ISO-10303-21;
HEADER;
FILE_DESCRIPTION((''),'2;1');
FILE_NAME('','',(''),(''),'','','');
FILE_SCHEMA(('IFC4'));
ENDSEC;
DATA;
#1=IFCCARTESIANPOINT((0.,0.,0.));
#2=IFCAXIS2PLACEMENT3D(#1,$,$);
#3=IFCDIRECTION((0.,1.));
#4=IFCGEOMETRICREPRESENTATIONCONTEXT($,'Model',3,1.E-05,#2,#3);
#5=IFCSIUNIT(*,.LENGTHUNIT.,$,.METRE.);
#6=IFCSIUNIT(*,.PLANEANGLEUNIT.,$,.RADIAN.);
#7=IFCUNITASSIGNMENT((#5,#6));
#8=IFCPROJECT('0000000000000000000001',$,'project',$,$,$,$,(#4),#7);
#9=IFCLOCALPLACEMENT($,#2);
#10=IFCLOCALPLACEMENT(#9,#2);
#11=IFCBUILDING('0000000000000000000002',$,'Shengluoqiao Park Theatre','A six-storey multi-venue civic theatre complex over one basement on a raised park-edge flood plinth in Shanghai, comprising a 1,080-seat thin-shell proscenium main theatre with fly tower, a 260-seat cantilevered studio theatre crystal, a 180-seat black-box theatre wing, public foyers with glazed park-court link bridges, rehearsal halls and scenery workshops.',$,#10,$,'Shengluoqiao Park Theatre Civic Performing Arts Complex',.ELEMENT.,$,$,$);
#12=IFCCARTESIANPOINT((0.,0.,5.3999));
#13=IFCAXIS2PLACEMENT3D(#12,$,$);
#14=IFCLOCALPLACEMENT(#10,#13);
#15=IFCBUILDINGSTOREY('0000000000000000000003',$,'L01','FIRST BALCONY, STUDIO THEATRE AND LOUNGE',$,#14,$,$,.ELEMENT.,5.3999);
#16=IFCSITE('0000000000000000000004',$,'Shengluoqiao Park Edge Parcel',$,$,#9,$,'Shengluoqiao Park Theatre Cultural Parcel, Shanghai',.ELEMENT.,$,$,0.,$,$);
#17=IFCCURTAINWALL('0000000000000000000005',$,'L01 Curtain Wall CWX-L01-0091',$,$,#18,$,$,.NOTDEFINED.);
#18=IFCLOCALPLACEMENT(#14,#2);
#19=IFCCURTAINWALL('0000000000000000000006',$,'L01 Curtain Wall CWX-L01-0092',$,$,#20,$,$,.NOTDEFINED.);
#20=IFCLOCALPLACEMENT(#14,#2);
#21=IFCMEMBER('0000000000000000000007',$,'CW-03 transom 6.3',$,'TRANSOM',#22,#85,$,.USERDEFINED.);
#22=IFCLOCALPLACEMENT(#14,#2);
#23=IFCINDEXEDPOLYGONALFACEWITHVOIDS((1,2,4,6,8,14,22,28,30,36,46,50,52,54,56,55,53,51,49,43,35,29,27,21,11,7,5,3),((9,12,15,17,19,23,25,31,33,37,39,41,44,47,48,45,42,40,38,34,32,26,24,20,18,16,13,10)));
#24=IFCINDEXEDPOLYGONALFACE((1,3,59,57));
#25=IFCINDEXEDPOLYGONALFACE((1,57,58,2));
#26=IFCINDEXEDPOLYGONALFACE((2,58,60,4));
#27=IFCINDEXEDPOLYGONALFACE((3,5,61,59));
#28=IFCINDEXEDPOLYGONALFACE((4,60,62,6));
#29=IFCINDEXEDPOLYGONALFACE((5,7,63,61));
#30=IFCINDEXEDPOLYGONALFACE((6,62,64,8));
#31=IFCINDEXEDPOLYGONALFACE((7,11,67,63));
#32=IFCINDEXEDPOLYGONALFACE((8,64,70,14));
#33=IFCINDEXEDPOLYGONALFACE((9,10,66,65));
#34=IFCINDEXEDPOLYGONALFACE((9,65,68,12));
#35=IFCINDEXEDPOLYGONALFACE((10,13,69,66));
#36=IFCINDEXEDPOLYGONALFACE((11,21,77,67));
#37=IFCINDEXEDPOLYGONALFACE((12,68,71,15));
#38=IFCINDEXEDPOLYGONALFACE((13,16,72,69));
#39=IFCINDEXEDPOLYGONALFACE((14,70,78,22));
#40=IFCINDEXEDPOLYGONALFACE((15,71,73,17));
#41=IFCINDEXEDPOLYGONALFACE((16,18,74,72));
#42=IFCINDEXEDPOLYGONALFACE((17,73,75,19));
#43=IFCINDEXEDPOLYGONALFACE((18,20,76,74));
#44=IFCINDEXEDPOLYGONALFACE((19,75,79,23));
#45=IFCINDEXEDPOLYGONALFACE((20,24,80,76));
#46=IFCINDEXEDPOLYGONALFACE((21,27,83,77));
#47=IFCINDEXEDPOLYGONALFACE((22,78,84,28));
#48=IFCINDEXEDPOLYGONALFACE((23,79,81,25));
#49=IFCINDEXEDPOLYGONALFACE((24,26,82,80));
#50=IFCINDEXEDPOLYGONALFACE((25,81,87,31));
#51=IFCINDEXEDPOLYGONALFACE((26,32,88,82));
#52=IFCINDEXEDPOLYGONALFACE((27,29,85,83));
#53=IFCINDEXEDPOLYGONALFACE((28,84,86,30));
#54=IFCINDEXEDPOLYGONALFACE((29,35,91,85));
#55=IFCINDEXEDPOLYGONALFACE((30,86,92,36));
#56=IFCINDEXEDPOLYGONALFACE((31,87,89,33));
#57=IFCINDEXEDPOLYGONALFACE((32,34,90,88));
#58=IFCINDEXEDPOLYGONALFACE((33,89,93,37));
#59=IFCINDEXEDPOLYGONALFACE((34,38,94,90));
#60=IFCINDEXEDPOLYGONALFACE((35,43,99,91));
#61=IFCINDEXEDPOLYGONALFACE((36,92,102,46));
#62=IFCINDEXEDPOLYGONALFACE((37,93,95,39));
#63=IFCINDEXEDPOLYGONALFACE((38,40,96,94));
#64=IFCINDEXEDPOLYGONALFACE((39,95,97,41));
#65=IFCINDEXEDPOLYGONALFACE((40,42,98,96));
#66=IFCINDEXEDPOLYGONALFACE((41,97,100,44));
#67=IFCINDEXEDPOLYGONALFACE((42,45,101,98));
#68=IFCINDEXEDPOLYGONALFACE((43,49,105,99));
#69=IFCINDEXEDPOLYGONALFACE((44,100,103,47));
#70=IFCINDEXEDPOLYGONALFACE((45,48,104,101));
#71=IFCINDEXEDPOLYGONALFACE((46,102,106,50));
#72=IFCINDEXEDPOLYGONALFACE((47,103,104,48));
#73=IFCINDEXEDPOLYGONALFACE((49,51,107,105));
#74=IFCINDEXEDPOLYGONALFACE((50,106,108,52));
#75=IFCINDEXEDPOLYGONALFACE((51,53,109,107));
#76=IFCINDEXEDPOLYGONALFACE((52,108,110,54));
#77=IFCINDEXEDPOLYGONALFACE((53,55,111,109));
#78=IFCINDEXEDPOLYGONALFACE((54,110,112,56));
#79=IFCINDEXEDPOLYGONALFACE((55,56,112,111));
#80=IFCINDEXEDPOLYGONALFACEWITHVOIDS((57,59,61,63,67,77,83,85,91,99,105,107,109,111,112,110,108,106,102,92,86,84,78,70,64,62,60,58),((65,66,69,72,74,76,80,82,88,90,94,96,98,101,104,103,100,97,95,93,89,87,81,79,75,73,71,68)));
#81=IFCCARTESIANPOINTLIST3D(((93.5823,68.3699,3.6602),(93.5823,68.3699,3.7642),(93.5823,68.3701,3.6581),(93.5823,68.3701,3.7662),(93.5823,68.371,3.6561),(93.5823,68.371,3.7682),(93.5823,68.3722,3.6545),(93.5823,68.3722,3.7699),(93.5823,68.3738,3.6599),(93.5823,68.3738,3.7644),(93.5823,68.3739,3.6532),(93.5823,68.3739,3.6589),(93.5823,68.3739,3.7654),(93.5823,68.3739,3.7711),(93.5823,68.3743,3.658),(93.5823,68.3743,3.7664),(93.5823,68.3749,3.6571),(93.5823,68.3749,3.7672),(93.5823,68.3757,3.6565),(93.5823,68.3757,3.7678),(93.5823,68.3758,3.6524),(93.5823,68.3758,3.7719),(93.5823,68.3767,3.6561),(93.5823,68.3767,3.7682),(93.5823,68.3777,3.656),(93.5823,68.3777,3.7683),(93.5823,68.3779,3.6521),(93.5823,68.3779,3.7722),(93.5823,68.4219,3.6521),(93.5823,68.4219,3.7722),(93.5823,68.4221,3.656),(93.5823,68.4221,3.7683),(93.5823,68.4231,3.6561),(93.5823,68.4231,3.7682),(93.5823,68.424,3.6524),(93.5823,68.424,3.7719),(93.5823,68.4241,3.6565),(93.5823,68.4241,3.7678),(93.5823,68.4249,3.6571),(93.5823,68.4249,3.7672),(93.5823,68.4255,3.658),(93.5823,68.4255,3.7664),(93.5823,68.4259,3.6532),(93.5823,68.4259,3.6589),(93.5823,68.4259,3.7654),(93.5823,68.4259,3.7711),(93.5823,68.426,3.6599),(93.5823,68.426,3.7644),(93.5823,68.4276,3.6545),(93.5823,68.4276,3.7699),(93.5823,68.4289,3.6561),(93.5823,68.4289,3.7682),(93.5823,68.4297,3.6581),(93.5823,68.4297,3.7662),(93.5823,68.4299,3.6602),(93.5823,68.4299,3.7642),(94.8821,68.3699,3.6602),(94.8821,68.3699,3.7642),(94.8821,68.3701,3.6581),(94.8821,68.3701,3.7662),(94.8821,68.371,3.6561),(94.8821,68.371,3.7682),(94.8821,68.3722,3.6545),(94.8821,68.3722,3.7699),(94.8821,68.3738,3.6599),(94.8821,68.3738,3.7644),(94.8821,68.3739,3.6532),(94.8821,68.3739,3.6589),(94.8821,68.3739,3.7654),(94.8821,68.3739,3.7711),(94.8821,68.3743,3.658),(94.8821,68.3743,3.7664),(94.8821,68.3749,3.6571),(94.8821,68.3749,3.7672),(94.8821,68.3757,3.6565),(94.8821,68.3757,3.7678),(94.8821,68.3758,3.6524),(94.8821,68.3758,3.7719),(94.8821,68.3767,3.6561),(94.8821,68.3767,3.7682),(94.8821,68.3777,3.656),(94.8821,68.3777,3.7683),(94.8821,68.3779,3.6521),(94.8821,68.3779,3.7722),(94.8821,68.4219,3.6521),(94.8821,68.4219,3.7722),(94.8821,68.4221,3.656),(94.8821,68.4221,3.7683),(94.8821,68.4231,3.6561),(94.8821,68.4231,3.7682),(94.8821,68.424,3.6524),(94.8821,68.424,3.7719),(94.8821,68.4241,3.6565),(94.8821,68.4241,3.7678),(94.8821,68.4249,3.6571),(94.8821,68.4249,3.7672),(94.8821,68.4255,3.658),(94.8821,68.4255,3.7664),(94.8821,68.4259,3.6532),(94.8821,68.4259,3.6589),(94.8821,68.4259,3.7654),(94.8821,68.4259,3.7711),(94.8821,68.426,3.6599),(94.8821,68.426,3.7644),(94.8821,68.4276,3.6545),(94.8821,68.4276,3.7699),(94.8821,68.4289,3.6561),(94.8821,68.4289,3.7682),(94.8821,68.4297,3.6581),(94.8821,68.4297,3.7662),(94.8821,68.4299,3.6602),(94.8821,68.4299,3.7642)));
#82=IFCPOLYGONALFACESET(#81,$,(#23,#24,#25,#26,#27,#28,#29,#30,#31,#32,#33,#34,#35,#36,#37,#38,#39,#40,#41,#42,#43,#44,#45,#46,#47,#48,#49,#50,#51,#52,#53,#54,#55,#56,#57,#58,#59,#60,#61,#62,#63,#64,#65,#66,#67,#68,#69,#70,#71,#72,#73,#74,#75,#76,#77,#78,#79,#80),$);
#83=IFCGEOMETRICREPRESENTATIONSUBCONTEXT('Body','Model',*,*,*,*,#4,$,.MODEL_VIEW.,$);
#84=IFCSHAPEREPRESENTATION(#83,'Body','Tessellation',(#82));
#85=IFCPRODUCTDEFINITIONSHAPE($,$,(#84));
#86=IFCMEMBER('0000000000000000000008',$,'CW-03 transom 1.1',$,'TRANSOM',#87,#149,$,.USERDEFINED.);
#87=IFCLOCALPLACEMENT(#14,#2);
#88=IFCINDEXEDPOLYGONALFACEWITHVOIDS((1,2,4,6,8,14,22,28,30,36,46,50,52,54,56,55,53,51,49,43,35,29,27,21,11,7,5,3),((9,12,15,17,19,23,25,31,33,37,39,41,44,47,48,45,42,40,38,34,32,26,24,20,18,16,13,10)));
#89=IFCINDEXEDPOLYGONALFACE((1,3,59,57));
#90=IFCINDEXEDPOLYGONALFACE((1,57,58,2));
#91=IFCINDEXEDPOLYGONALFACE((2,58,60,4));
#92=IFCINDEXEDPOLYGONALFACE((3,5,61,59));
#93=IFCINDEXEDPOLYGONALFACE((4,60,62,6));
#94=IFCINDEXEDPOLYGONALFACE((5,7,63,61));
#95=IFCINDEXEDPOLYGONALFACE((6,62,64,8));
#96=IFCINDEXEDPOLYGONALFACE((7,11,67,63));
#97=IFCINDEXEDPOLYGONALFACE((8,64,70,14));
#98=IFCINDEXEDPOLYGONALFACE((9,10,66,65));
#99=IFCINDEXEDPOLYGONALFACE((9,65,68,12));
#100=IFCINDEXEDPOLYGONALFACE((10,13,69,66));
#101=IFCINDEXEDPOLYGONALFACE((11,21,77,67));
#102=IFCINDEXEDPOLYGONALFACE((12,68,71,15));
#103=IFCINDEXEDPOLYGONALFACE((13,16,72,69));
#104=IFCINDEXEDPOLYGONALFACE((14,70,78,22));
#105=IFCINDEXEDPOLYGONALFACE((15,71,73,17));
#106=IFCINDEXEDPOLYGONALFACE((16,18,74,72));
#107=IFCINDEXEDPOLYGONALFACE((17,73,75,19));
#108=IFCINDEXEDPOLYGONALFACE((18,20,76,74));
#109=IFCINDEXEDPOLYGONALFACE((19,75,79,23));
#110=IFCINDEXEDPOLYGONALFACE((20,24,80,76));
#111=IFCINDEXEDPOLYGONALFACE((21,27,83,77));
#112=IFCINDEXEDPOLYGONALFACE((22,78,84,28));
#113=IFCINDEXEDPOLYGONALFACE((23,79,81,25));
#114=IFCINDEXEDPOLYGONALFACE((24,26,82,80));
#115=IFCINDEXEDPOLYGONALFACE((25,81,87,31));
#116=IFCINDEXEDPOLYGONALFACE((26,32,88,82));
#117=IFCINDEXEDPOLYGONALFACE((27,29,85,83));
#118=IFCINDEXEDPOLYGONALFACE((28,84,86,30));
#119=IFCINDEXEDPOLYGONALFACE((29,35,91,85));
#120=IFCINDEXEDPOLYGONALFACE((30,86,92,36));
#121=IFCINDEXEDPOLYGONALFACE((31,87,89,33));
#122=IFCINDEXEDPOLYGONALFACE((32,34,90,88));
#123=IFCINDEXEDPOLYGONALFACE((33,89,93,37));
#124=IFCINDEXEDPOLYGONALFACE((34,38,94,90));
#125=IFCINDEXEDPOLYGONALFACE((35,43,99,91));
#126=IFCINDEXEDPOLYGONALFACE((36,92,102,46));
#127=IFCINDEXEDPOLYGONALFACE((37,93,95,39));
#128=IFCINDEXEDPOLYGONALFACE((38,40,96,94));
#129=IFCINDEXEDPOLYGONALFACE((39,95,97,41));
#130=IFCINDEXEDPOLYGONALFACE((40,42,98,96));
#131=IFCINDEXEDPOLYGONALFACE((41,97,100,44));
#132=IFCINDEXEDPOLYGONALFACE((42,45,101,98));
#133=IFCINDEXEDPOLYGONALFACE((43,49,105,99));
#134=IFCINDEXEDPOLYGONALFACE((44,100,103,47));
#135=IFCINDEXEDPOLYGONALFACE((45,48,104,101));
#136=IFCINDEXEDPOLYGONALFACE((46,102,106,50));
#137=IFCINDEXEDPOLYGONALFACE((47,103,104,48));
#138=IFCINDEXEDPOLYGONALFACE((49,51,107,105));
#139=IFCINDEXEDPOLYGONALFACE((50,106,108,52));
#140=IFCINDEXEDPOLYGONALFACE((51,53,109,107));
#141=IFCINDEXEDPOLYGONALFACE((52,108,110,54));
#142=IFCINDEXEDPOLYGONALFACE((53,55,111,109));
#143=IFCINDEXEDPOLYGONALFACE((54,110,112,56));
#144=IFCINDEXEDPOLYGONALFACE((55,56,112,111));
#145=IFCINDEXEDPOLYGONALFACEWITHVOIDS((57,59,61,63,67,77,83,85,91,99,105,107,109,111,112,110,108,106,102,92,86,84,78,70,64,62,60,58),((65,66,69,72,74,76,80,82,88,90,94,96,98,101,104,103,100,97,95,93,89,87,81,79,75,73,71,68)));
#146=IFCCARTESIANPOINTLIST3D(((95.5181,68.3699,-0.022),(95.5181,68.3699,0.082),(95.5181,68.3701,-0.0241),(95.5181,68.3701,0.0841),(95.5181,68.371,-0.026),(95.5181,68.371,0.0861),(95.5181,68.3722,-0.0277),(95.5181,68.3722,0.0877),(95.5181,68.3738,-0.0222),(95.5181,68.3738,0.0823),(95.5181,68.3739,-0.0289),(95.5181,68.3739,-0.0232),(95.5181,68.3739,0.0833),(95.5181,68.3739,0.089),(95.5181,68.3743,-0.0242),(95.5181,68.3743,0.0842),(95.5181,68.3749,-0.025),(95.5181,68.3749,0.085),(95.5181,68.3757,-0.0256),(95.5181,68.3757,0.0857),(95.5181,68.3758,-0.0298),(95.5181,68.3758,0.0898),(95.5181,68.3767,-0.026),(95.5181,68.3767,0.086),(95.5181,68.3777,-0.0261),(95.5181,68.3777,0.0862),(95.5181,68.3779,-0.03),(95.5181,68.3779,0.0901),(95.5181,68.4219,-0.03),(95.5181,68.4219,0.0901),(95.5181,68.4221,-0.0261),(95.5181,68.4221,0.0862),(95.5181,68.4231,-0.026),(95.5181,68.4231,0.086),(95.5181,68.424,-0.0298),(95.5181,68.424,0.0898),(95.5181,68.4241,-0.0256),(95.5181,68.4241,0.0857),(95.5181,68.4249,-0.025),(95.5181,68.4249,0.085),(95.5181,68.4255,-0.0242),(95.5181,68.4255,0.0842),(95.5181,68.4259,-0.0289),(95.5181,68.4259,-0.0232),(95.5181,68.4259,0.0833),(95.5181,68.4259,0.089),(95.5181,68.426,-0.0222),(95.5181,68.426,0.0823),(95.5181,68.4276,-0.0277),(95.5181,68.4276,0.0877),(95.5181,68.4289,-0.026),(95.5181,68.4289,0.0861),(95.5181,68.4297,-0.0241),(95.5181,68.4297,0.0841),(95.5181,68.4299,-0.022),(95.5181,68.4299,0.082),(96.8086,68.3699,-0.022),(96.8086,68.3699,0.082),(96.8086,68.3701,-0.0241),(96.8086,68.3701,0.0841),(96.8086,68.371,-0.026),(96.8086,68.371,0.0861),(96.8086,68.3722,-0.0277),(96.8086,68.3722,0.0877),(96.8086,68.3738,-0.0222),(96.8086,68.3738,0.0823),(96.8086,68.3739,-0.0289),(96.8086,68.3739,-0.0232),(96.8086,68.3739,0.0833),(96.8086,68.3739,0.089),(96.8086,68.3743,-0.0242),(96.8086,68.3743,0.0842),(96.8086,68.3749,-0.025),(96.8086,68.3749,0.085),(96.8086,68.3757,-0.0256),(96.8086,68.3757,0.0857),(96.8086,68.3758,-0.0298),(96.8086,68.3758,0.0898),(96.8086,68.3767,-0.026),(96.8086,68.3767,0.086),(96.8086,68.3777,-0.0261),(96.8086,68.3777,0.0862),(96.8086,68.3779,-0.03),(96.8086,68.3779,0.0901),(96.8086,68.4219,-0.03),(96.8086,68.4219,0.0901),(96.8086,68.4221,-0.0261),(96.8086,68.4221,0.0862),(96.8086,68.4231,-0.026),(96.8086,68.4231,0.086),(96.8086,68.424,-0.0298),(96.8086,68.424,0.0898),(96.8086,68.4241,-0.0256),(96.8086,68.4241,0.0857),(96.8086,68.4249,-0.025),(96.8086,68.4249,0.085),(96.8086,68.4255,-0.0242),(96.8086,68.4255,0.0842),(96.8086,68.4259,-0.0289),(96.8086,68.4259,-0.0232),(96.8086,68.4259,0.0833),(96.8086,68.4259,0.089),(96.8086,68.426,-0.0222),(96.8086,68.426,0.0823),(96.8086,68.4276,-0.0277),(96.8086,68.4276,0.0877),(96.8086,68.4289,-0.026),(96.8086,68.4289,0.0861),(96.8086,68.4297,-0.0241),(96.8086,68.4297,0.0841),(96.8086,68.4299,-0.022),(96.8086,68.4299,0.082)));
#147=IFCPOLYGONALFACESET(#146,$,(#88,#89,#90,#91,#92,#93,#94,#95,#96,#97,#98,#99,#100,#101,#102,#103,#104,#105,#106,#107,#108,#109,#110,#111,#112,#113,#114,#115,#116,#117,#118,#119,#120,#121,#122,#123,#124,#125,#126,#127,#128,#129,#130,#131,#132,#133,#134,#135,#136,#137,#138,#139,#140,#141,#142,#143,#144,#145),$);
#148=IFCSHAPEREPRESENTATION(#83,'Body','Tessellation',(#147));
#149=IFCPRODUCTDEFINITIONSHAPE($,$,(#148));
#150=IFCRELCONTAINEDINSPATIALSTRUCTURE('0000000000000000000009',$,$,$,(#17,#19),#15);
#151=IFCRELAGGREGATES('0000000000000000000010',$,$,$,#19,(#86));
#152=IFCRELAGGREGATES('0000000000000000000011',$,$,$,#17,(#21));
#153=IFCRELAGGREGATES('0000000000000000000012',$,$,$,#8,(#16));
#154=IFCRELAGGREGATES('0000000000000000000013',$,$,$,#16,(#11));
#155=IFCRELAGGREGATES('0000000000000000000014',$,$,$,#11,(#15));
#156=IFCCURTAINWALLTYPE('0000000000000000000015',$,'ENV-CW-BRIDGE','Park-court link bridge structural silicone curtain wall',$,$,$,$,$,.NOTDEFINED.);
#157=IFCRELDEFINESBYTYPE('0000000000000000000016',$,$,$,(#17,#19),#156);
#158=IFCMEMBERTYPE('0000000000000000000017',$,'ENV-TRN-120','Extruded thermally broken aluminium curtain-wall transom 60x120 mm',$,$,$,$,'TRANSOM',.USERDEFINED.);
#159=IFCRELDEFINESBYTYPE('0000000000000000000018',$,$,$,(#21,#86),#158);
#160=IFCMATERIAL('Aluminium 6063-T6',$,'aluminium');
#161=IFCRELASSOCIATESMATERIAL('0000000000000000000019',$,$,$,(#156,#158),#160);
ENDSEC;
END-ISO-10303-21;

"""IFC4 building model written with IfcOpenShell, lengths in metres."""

from ifc_helpers import new_model, si_unit, direction, frame, origin, origin_2d, place, context, subcontext, project, spatial, hollow_rectangle, extrude, material, material_profile, profile_set, type_object, element, aggregate, save


model = new_model("IFC4")

# Units and contexts
model_context = context("Model", 3, precision=1e-05, world=origin(), true_north=direction((0.0, 1.0)))
body_context = subcontext(model_context, "Body", "Model", "MODEL_VIEW")
ifc_project = project(units=[si_unit("LENGTHUNIT", "METRE"), si_unit("PLANEANGLEUNIT", "RADIAN")], contexts=[model_context])

# Site, building, storey
site_placement = place(None, origin())
site = spatial("IfcSite", under=ifc_project, at=site_placement, Name="Shengluoqiao Park Edge Parcel", LongName="Shengluoqiao Park Theatre Cultural Parcel, Shanghai", CompositionType="ELEMENT", RefElevation=0.0)
building_placement = place(site_placement, origin())
building = spatial("IfcBuilding", under=site, at=building_placement, Name="Shengluoqiao Park Theatre", Description="A six-storey multi-venue civic theatre complex over one basement on a raised park-edge flood plinth in Shanghai, comprising a 1,080-seat thin-shell proscenium main theatre with fly tower, a 260-seat cantilevered studio theatre crystal, a 180-seat black-box theatre wing, public foyers with glazed park-court link bridges, rehearsal halls and scenery workshops.", LongName="Shengluoqiao Park Theatre Civic Performing Arts Complex", CompositionType="ELEMENT")
storey_placement = place(building_placement, frame((0.0, 0.0, 5.3999)))
storey = spatial("IfcBuildingStorey", under=building, at=storey_placement, Name="L01", Description="FIRST BALCONY, STUDIO THEATRE AND LOUNGE", CompositionType="ELEMENT", Elevation=5.3999)

# Curtain wall
ifc_material_1 = material(Name="Aluminium 6063-T6", Category="aluminium")
curtain_wall_type = type_object("IfcCurtainWallType", Name="ENV-CW-BRIDGE", Description="Park-court link bridge structural silicone curtain wall", PredefinedType="NOTDEFINED", material=ifc_material_1)
curtain_wall_1_placement = place(storey_placement, origin())
curtain_wall_1 = element("IfcCurtainWall", 1, at=curtain_wall_1_placement, inside=storey, type_object=curtain_wall_type, Name="L01 Curtain Wall CWX-L01-0091", PredefinedType="NOTDEFINED")

# Curtain wall
curtain_wall_2_placement = place(storey_placement, origin())
curtain_wall_2 = element("IfcCurtainWall", 2, at=curtain_wall_2_placement, inside=storey, type_object=curtain_wall_type, Name="L01 Curtain Wall CWX-L01-0092", PredefinedType="NOTDEFINED")

# Members
ifc_material_profile_1 = material_profile(ifc_material_1, hollow_rectangle(XDim=0.0601, YDim=0.1201, WallThickness=0.0039, InnerFilletRadius=0.0039, OuterFilletRadius=0.0081, at=origin_2d()), Name="ALU TRANSOM 120x60x4")
ifc_profile_set_1 = profile_set([ifc_material_profile_1], Name="Aluminium 6063-T6")
member_type_1 = type_object("IfcMemberType", Name="ENV-TRN-120", Description="Extruded thermally broken aluminium curtain-wall transom 60x120 mm", ElementType="TRANSOM", PredefinedType="USERDEFINED", material=ifc_profile_set_1)
member_1_placement = place(storey_placement, frame((93.5823, 68.3999, 3.7122), z_axis=(1.0, 0.0, 0.0), x_axis=(0.0, 1.0, 0.0)))
member_1 = element("IfcMember", 3, at=member_1_placement, type_object=member_type_1, Name="CW-03 transom 6.3", ObjectType="TRANSOM", PredefinedType="USERDEFINED", context=body_context, shape_type="SweptSolid", body=[
    extrude(hollow_rectangle(XDim=0.0601, YDim=0.1201, WallThickness=0.0039, InnerFilletRadius=0.0039, OuterFilletRadius=0.0081, at=origin_2d()), origin(), (0.0, 0.0, 1.0), 1.2998),
])
member_2_placement = place(storey_placement, frame((95.5181, 68.3999, 0.03), z_axis=(1.0, 0.0, 0.0), x_axis=(0.0, 1.0, 0.0)))
member_2 = element("IfcMember", 4, at=member_2_placement, type_object=member_type_1, Name="CW-03 transom 1.1", ObjectType="TRANSOM", PredefinedType="USERDEFINED", context=body_context, shape_type="SweptSolid", body=[
    extrude(hollow_rectangle(XDim=0.0601, YDim=0.1201, WallThickness=0.0039, InnerFilletRadius=0.0039, OuterFilletRadius=0.0081, at=origin_2d()), origin(), (0.0, 0.0, 1.0), 1.2905),
])
aggregate(curtain_wall_2, [member_2])

aggregate(curtain_wall_1, [member_1])

save(model, "model.ifc")
